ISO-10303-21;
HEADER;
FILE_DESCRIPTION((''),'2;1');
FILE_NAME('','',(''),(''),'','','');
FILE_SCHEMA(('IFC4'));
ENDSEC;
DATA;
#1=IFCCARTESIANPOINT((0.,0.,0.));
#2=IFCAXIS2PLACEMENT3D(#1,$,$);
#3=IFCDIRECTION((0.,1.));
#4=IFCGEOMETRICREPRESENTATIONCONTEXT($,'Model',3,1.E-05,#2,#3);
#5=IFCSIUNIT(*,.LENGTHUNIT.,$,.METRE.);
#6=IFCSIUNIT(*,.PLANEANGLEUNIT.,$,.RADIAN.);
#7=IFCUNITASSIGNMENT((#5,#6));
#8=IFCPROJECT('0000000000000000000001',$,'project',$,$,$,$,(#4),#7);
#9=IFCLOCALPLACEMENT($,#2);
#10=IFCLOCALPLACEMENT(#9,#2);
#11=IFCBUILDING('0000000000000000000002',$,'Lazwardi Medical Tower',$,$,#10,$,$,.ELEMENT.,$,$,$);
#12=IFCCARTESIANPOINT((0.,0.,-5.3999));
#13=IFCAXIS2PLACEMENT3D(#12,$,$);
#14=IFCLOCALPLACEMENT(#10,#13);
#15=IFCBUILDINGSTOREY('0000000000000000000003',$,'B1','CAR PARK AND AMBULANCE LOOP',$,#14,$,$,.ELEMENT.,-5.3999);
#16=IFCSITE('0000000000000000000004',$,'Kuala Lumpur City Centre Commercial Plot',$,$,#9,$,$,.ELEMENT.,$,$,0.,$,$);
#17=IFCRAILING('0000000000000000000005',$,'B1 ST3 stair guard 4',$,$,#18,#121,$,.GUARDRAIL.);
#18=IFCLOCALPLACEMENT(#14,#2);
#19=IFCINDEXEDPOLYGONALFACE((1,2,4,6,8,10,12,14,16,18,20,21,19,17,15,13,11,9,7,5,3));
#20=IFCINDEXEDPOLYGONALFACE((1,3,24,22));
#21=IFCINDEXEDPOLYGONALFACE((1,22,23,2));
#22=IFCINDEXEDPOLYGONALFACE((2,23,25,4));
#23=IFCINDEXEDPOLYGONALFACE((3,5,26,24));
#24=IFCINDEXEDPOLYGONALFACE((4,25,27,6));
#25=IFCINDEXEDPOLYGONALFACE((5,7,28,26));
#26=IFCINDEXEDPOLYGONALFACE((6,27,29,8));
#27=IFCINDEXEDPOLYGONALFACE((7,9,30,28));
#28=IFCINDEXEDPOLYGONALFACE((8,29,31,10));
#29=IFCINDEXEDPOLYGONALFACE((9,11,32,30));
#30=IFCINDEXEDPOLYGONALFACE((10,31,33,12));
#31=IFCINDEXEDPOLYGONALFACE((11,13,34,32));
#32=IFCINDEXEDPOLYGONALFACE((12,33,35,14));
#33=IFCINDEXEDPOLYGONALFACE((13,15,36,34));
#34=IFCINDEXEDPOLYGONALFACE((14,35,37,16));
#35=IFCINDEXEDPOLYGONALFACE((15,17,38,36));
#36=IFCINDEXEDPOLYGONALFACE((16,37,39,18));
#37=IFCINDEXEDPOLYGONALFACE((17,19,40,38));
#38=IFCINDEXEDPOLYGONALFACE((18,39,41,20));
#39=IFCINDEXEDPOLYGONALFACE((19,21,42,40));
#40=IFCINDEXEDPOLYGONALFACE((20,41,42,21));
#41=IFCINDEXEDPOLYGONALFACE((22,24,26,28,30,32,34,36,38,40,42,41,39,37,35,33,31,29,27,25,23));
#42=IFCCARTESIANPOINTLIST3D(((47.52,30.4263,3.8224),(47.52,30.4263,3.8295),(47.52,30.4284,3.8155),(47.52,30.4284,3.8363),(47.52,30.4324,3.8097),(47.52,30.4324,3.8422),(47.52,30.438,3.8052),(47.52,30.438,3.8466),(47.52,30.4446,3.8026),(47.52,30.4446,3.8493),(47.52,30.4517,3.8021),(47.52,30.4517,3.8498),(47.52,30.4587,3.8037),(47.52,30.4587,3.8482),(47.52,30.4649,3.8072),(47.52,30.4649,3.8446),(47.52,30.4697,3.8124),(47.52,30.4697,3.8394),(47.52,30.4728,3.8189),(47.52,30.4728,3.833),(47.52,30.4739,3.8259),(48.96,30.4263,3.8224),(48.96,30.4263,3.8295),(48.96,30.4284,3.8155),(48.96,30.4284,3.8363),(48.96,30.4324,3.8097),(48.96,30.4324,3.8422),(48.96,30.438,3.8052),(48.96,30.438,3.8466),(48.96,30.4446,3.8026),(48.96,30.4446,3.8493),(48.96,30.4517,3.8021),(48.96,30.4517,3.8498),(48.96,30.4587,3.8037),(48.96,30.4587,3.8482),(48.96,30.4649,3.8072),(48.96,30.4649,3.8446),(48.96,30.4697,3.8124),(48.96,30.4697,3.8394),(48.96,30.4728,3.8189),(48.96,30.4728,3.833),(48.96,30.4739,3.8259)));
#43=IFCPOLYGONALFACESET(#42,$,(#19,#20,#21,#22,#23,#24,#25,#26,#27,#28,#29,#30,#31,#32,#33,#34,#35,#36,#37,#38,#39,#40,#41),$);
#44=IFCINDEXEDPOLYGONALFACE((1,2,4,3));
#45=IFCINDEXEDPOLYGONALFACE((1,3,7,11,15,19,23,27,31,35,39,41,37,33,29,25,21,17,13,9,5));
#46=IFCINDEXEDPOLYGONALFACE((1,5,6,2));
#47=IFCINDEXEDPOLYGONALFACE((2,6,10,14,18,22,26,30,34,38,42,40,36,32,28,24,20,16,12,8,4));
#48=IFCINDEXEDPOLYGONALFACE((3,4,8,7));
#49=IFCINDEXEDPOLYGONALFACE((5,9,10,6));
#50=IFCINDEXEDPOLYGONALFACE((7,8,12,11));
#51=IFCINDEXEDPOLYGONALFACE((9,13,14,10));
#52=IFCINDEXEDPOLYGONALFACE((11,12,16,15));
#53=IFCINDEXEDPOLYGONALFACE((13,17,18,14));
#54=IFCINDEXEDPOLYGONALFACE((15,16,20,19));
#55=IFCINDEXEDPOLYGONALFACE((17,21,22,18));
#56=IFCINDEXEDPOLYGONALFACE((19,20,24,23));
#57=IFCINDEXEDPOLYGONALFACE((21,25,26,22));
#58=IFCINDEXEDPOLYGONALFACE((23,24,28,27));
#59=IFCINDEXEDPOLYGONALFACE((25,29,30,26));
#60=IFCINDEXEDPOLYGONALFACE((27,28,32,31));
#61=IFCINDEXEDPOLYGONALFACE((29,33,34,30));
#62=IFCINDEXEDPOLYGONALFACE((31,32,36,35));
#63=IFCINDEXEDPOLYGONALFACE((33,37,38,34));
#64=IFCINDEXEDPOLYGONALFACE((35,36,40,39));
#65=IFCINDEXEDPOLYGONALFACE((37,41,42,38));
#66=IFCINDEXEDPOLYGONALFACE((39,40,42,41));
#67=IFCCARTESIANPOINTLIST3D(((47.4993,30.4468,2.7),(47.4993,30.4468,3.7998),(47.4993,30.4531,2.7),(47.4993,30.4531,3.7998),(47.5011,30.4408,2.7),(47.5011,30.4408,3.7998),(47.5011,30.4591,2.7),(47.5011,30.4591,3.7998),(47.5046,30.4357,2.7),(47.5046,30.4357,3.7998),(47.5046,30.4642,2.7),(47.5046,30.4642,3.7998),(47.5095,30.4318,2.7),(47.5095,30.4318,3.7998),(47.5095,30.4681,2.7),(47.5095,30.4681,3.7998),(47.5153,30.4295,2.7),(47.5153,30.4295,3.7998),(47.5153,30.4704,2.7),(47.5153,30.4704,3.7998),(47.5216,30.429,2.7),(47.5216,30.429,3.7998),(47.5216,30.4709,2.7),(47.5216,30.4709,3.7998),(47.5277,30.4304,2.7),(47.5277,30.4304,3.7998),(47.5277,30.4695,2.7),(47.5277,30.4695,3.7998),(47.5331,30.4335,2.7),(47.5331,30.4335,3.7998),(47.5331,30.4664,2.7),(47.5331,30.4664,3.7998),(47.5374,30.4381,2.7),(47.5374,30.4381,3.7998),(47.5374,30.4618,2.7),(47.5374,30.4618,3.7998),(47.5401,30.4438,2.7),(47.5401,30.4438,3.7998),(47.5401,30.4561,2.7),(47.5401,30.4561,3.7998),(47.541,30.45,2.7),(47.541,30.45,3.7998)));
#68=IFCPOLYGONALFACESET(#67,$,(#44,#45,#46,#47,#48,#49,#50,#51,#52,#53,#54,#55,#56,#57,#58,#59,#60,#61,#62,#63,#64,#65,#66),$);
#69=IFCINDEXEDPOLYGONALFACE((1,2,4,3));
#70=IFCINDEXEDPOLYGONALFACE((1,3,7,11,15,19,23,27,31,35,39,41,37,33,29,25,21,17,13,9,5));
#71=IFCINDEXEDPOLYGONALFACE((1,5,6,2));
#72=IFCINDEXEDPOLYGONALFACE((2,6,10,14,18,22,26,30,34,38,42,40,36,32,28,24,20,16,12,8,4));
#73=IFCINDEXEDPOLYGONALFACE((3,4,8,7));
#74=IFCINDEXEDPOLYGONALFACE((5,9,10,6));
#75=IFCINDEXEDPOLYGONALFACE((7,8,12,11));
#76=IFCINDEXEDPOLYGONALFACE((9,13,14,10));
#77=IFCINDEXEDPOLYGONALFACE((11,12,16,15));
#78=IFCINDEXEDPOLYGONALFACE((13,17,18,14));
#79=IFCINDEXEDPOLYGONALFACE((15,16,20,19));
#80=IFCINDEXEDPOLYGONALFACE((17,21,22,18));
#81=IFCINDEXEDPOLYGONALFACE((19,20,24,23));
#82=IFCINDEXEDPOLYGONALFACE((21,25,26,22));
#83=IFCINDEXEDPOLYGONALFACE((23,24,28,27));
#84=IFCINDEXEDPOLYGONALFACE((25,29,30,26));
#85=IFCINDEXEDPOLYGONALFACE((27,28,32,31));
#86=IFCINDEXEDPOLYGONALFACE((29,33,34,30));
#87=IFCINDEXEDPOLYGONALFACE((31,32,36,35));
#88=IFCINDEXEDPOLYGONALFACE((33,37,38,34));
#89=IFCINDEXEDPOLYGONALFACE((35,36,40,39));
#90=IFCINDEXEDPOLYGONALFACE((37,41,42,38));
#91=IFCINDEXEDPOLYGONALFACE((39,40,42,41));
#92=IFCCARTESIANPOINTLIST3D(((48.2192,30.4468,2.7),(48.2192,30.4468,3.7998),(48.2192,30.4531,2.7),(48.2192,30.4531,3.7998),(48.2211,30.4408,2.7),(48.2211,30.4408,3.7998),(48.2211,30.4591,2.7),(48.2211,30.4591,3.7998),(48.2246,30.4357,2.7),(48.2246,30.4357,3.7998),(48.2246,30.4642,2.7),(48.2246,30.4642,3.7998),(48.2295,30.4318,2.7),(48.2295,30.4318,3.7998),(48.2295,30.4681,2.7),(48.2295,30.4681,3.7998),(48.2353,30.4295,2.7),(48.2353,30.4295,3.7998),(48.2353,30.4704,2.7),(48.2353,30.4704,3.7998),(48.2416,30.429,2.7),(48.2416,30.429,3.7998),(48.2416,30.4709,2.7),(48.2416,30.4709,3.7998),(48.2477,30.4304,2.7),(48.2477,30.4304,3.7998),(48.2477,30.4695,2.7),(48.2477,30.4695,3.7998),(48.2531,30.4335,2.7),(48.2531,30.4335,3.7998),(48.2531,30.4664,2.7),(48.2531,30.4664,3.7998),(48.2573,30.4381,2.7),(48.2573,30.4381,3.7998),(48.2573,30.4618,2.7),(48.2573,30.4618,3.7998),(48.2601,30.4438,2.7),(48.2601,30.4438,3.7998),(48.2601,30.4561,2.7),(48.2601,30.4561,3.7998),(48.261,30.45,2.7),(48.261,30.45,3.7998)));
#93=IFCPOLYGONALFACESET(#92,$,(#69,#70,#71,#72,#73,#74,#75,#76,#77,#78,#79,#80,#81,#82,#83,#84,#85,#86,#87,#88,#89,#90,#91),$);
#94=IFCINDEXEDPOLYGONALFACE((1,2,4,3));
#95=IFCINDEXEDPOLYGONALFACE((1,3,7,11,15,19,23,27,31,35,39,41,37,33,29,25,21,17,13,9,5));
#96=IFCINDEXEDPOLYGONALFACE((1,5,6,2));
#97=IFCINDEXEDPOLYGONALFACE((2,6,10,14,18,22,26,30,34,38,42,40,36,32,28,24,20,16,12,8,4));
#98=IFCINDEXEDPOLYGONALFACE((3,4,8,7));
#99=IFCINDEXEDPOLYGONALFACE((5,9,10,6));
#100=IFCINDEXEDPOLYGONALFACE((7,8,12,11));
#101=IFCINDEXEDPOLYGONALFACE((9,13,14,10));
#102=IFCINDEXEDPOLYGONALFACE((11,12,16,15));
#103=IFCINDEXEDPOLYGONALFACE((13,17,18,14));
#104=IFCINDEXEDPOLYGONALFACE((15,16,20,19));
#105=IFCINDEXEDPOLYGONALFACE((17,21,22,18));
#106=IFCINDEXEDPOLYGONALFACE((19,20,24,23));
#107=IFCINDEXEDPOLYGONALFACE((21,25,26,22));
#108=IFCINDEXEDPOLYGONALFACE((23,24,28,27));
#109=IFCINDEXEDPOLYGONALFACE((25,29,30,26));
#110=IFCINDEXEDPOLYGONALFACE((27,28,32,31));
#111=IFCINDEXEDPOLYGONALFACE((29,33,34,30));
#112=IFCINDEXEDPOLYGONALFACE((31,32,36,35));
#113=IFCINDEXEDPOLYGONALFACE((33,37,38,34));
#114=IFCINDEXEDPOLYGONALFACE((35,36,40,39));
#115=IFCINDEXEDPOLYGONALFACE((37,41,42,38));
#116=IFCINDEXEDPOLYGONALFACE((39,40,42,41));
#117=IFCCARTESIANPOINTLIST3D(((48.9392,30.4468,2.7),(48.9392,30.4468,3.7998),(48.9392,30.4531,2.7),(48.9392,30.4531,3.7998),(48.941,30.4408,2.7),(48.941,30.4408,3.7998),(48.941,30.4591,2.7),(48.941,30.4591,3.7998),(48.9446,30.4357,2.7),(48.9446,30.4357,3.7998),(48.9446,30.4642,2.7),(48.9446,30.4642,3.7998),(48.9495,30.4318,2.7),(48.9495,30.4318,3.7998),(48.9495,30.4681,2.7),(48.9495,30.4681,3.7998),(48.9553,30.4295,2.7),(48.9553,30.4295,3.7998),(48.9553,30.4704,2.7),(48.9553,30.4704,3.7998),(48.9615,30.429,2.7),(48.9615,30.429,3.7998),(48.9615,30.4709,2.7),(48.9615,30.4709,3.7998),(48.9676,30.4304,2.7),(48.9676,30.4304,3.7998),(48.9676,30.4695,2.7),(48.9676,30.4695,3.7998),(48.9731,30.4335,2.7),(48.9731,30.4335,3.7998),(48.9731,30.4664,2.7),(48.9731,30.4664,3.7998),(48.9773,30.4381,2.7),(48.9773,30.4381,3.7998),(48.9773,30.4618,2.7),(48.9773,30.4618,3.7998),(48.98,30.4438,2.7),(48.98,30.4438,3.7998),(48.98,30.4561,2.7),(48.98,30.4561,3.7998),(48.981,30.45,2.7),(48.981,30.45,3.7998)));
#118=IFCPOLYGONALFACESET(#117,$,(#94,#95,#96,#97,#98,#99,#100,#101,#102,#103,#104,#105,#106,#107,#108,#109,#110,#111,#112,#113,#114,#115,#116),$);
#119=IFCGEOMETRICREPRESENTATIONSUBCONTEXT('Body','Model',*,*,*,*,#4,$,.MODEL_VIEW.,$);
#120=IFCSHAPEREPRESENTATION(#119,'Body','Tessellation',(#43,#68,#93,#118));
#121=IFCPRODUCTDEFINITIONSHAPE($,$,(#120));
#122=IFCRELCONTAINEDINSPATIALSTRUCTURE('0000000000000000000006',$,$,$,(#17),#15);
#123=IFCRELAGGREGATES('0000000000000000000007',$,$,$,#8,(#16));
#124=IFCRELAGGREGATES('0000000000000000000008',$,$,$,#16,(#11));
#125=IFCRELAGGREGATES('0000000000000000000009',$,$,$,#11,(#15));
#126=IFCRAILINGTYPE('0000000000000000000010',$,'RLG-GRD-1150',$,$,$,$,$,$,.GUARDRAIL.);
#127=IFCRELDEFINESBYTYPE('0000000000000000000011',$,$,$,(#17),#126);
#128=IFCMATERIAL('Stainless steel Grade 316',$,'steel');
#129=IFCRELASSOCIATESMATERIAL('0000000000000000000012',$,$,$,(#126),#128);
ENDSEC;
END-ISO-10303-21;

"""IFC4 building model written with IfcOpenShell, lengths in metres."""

from ifc_helpers import new_model, si_unit, direction, frame, origin, origin_2d, place, context, subcontext, project, spatial, circle, extrude, material, type_object, element, save


model = new_model("IFC4")

# Units and contexts
model_context = context("Model", 3, precision=1e-05, world=origin(), true_north=direction((0.0, 1.0)))
body_context = subcontext(model_context, "Body", "Model", "MODEL_VIEW")
ifc_project = project(units=[si_unit("LENGTHUNIT", "METRE"), si_unit("PLANEANGLEUNIT", "RADIAN")], contexts=[model_context])

# Site, building, storey
site_placement = place(None, origin())
site = spatial("IfcSite", under=ifc_project, at=site_placement, Name="Kuala Lumpur City Centre Commercial Plot", CompositionType="ELEMENT", RefElevation=0.0)
building_placement = place(site_placement, origin())
building = spatial("IfcBuilding", under=site, at=building_placement, Name="Lazwardi Medical Tower", CompositionType="ELEMENT")
storey_placement = place(building_placement, frame((0.0, 0.0, -5.3999)))
storey = spatial("IfcBuildingStorey", under=building, at=storey_placement, Name="B1", Description="CAR PARK AND AMBULANCE LOOP", CompositionType="ELEMENT", Elevation=-5.3999)

# Railing
ifc_material_1 = material(Name="Stainless steel Grade 316", Category="steel")
railing_type_1 = type_object("IfcRailingType", Name="RLG-GRD-1150", PredefinedType="GUARDRAIL", material=ifc_material_1)
railing_1_placement = place(storey_placement, frame((47.52, 30.45, 2.7)))
element("IfcRailing", 1, at=railing_1_placement, inside=storey, type_object=railing_type_1, Name="B1 ST3 stair guard 4", PredefinedType="GUARDRAIL", context=body_context, shape_type="SweptSolid", body=[
    extrude(circle(Radius=0.0239, at=origin_2d()), frame((0.0, 0.0, 1.126), z_axis=(1.0, 0.0, 0.0), x_axis=(0.0, 1.0, 0.0)), (0.0, 0.0, 1.0), 1.4399),
    extrude(circle(Radius=0.021, at=origin_2d()), origin(), (0.0, 0.0, 1.0), 1.0999),
    extrude(circle(Radius=0.021, at=origin_2d()), frame((0.72, 0.0, 0.0)), (0.0, 0.0, 1.0), 1.0999),
    extrude(circle(Radius=0.021, at=origin_2d()), frame((1.4399, 0.0, 0.0)), (0.0, 0.0, 1.0), 1.0999),
])

save(model, "model.ifc")
